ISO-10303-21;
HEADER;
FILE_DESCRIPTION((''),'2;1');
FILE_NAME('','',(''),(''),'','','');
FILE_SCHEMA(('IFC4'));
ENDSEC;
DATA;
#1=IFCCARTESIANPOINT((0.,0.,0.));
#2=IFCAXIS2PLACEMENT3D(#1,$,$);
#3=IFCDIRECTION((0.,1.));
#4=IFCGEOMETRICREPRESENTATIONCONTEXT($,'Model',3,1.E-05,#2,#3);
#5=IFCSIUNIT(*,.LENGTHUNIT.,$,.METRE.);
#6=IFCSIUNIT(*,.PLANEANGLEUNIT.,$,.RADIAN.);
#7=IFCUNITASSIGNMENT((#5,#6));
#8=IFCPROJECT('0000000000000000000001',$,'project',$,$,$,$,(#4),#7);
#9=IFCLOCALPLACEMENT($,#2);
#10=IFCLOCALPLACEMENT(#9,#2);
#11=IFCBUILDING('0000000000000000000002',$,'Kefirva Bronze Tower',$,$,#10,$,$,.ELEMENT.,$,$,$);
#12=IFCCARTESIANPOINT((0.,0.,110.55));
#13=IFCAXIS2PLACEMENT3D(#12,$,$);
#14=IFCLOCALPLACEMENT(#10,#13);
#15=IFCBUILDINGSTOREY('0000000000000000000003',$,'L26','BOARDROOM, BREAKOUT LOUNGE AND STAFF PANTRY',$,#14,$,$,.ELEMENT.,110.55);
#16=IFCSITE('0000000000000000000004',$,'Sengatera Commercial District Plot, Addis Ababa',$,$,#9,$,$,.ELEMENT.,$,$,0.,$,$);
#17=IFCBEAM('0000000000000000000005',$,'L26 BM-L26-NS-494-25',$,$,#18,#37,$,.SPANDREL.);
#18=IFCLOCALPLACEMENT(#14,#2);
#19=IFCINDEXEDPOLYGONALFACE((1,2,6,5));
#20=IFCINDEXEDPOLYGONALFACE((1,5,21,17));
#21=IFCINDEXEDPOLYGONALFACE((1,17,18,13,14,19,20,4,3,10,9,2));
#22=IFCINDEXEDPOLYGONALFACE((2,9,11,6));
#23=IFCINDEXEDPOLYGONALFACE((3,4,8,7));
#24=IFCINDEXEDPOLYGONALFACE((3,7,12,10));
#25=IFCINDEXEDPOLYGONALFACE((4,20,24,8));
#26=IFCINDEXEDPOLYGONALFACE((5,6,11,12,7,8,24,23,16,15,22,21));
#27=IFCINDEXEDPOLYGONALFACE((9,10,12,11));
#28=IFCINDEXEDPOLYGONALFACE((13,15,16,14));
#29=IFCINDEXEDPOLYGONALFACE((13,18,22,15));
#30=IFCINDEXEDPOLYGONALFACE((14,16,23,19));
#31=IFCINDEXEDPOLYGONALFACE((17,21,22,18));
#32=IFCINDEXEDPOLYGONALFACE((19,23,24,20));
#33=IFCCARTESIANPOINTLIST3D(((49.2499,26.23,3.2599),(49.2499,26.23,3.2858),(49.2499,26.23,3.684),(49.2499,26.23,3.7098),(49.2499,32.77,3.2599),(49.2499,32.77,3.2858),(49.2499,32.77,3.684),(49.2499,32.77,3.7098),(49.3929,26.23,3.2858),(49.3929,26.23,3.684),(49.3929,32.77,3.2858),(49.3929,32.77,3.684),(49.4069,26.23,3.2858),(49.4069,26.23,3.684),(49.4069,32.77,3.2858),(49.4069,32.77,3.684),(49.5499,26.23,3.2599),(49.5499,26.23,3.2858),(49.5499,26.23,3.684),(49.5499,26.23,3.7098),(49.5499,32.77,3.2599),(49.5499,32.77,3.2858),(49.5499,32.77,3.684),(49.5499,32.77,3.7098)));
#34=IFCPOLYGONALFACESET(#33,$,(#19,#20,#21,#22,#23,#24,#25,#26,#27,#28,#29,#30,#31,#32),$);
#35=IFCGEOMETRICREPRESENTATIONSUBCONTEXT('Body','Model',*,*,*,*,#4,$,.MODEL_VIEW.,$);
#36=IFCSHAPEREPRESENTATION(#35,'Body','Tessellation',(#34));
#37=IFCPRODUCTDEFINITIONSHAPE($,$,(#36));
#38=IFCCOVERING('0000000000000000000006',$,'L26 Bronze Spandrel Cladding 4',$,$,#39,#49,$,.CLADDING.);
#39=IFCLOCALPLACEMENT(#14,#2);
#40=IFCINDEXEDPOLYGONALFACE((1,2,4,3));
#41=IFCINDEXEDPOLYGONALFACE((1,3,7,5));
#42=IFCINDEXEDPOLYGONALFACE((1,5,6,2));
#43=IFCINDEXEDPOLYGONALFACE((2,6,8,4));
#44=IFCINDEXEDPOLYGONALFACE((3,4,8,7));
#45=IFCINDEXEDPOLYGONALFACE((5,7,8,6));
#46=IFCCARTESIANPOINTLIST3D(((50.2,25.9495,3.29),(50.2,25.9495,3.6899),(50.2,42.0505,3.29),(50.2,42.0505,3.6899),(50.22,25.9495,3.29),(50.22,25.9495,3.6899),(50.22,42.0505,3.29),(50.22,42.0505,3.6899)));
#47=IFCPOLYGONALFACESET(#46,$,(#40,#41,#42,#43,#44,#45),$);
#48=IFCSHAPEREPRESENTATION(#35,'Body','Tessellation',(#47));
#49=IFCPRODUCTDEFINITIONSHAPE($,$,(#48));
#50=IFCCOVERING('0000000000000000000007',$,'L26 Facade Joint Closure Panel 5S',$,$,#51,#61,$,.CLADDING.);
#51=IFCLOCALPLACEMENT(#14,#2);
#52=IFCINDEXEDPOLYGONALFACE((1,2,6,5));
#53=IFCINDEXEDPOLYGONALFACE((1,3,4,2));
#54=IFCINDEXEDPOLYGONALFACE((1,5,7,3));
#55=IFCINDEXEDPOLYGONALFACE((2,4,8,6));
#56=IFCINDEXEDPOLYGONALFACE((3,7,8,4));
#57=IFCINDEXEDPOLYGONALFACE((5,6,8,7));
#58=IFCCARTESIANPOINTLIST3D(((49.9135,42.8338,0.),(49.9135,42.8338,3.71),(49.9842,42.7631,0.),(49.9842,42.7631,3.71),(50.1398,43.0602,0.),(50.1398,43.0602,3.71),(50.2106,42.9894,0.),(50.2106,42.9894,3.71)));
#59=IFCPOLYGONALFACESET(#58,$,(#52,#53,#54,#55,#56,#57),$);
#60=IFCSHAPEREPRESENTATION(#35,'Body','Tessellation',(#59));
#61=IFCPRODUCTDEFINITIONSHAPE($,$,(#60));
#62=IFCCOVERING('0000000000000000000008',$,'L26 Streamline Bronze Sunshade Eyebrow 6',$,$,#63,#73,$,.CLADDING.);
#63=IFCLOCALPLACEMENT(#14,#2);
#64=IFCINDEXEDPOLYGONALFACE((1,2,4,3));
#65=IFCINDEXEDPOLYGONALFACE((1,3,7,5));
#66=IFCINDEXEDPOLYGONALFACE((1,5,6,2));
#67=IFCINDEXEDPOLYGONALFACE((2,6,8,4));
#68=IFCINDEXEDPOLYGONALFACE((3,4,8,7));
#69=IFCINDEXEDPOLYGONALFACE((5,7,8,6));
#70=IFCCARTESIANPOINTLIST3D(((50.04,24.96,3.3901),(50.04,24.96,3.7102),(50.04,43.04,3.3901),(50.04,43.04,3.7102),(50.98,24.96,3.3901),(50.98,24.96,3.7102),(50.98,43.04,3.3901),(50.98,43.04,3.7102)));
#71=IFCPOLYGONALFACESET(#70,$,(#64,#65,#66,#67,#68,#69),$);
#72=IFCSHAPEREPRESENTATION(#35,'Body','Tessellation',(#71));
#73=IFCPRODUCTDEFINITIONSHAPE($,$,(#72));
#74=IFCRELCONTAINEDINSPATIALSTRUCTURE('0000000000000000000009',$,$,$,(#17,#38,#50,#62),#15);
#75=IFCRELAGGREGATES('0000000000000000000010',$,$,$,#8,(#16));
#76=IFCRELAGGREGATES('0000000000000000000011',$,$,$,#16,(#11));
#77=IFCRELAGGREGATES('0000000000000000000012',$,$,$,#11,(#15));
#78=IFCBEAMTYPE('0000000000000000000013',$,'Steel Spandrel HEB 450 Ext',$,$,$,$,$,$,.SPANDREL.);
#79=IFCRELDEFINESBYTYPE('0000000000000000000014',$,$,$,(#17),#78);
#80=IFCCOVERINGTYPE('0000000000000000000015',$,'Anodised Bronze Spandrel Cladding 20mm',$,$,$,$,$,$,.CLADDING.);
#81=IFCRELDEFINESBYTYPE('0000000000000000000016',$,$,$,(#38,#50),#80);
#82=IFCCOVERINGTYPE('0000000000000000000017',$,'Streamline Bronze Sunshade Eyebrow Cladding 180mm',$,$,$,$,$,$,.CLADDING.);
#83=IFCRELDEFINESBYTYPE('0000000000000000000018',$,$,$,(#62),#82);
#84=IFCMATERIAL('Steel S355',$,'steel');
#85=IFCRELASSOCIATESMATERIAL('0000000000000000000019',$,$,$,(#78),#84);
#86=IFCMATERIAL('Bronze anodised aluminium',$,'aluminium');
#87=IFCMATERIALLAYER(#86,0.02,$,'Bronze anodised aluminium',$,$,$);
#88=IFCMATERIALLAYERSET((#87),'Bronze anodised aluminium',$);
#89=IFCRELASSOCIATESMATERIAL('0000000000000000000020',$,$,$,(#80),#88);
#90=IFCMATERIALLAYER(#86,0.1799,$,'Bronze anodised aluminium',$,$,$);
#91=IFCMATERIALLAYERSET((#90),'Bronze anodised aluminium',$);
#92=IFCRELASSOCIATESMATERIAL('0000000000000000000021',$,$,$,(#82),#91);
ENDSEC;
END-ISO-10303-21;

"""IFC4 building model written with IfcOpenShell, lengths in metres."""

from ifc_helpers import new_model, si_unit, direction, frame, origin, origin_2d, place, context, subcontext, project, spatial, rectangle, i_section, extrude, material, layer, layer_set, material_profile, profile_set, type_object, element, save


model = new_model("IFC4")

# Units and contexts
model_context = context("Model", 3, precision=1e-05, world=origin(), true_north=direction((0.0, 1.0)))
body_context = subcontext(model_context, "Body", "Model", "MODEL_VIEW")
ifc_project = project(units=[si_unit("LENGTHUNIT", "METRE"), si_unit("PLANEANGLEUNIT", "RADIAN")], contexts=[model_context])

# Site, building, storey
site_placement = place(None, origin())
site = spatial("IfcSite", under=ifc_project, at=site_placement, Name="Sengatera Commercial District Plot, Addis Ababa", CompositionType="ELEMENT", RefElevation=0.0)
building_placement = place(site_placement, origin())
building = spatial("IfcBuilding", under=site, at=building_placement, Name="Kefirva Bronze Tower", CompositionType="ELEMENT")
storey_placement = place(building_placement, frame((0.0, 0.0, 110.55)))
storey = spatial("IfcBuildingStorey", under=building, at=storey_placement, Name="L26", Description="BOARDROOM, BREAKOUT LOUNGE AND STAFF PANTRY", CompositionType="ELEMENT", Elevation=110.55)

# Beam
ifc_material_1 = material(Name="Steel S355", Category="steel")
ifc_material_profile_1 = material_profile(ifc_material_1, i_section(OverallWidth=0.3, OverallDepth=0.45, WebThickness=0.0139, FlangeThickness=0.0259, at=origin_2d()), Name="HEB 450")
ifc_profile_set_1 = profile_set([ifc_material_profile_1], Name="Steel S355")
beam_type_1 = type_object("IfcBeamType", Name="Steel Spandrel HEB 450 Ext", PredefinedType="SPANDREL", material=ifc_profile_set_1)
beam_1_placement = place(storey_placement, frame((49.3999, 26.23, 3.4849), z_axis=(0.0, 1.0, 0.0), x_axis=(-1.0, 0.0, 0.0)))
element("IfcBeam", 1, at=beam_1_placement, inside=storey, type_object=beam_type_1, Name="L26 BM-L26-NS-494-25", PredefinedType="SPANDREL", context=body_context, shape_type="SweptSolid", body=[
    extrude(i_section(OverallWidth=0.3, OverallDepth=0.45, WebThickness=0.0139, FlangeThickness=0.0259, at=origin_2d()), origin(), (0.0, 0.0, 1.0), 6.54),
])

# Coverings
ifc_material_2 = material(Name="Bronze anodised aluminium", Category="aluminium")
ifc_layer_1 = layer(ifc_material_2, 0.02, Name="Bronze anodised aluminium")
ifc_layer_set_1 = layer_set([ifc_layer_1], Name="Bronze anodised aluminium")
covering_type_1 = type_object("IfcCoveringType", Name="Anodised Bronze Spandrel Cladding 20mm", PredefinedType="CLADDING", material=ifc_layer_set_1)
covering_1_placement = place(storey_placement, frame((50.21, 34.0, 3.29), z_axis=(0.0, 0.0, 1.0), x_axis=(0.0, 1.0, 0.0)))
element("IfcCovering", 2, at=covering_1_placement, inside=storey, type_object=covering_type_1, Name="L26 Bronze Spandrel Cladding 4", PredefinedType="CLADDING", context=body_context, shape_type="SweptSolid", body=[
    extrude(rectangle(XDim=16.1011, YDim=0.02, at=origin_2d()), origin(), (0.0, 0.0, 1.0), 0.3999),
])
covering_2_placement = place(storey_placement, frame((50.062, 42.9116, 0.0), z_axis=(0.0, 0.0, 1.0), x_axis=(-0.707107, 0.707107, 0.0)))
element("IfcCovering", 3, at=covering_2_placement, inside=storey, type_object=covering_type_1, Name="L26 Facade Joint Closure Panel 5S", PredefinedType="CLADDING", context=body_context, shape_type="SweptSolid", body=[
    extrude(rectangle(XDim=0.1001, YDim=0.3201, at=origin_2d()), origin(), (0.0, 0.0, 1.0), 3.71),
])
ifc_layer_2 = layer(ifc_material_2, 0.1799, Name="Bronze anodised aluminium")
ifc_layer_set_2 = layer_set([ifc_layer_2], Name="Bronze anodised aluminium")
covering_type_2 = type_object("IfcCoveringType", Name="Streamline Bronze Sunshade Eyebrow Cladding 180mm", PredefinedType="CLADDING", material=ifc_layer_set_2)
covering_3_placement = place(storey_placement, frame((50.51, 34.0, 3.3901), z_axis=(0.0, 0.0, 1.0), x_axis=(0.0, 1.0, 0.0)))
element("IfcCovering", 4, at=covering_3_placement, inside=storey, type_object=covering_type_2, Name="L26 Streamline Bronze Sunshade Eyebrow 6", PredefinedType="CLADDING", context=body_context, shape_type="SweptSolid", body=[
    extrude(rectangle(XDim=18.0801, YDim=0.9399, at=origin_2d()), origin(), (0.0, 0.0, 1.0), 0.3201),
])

save(model, "model.ifc")
